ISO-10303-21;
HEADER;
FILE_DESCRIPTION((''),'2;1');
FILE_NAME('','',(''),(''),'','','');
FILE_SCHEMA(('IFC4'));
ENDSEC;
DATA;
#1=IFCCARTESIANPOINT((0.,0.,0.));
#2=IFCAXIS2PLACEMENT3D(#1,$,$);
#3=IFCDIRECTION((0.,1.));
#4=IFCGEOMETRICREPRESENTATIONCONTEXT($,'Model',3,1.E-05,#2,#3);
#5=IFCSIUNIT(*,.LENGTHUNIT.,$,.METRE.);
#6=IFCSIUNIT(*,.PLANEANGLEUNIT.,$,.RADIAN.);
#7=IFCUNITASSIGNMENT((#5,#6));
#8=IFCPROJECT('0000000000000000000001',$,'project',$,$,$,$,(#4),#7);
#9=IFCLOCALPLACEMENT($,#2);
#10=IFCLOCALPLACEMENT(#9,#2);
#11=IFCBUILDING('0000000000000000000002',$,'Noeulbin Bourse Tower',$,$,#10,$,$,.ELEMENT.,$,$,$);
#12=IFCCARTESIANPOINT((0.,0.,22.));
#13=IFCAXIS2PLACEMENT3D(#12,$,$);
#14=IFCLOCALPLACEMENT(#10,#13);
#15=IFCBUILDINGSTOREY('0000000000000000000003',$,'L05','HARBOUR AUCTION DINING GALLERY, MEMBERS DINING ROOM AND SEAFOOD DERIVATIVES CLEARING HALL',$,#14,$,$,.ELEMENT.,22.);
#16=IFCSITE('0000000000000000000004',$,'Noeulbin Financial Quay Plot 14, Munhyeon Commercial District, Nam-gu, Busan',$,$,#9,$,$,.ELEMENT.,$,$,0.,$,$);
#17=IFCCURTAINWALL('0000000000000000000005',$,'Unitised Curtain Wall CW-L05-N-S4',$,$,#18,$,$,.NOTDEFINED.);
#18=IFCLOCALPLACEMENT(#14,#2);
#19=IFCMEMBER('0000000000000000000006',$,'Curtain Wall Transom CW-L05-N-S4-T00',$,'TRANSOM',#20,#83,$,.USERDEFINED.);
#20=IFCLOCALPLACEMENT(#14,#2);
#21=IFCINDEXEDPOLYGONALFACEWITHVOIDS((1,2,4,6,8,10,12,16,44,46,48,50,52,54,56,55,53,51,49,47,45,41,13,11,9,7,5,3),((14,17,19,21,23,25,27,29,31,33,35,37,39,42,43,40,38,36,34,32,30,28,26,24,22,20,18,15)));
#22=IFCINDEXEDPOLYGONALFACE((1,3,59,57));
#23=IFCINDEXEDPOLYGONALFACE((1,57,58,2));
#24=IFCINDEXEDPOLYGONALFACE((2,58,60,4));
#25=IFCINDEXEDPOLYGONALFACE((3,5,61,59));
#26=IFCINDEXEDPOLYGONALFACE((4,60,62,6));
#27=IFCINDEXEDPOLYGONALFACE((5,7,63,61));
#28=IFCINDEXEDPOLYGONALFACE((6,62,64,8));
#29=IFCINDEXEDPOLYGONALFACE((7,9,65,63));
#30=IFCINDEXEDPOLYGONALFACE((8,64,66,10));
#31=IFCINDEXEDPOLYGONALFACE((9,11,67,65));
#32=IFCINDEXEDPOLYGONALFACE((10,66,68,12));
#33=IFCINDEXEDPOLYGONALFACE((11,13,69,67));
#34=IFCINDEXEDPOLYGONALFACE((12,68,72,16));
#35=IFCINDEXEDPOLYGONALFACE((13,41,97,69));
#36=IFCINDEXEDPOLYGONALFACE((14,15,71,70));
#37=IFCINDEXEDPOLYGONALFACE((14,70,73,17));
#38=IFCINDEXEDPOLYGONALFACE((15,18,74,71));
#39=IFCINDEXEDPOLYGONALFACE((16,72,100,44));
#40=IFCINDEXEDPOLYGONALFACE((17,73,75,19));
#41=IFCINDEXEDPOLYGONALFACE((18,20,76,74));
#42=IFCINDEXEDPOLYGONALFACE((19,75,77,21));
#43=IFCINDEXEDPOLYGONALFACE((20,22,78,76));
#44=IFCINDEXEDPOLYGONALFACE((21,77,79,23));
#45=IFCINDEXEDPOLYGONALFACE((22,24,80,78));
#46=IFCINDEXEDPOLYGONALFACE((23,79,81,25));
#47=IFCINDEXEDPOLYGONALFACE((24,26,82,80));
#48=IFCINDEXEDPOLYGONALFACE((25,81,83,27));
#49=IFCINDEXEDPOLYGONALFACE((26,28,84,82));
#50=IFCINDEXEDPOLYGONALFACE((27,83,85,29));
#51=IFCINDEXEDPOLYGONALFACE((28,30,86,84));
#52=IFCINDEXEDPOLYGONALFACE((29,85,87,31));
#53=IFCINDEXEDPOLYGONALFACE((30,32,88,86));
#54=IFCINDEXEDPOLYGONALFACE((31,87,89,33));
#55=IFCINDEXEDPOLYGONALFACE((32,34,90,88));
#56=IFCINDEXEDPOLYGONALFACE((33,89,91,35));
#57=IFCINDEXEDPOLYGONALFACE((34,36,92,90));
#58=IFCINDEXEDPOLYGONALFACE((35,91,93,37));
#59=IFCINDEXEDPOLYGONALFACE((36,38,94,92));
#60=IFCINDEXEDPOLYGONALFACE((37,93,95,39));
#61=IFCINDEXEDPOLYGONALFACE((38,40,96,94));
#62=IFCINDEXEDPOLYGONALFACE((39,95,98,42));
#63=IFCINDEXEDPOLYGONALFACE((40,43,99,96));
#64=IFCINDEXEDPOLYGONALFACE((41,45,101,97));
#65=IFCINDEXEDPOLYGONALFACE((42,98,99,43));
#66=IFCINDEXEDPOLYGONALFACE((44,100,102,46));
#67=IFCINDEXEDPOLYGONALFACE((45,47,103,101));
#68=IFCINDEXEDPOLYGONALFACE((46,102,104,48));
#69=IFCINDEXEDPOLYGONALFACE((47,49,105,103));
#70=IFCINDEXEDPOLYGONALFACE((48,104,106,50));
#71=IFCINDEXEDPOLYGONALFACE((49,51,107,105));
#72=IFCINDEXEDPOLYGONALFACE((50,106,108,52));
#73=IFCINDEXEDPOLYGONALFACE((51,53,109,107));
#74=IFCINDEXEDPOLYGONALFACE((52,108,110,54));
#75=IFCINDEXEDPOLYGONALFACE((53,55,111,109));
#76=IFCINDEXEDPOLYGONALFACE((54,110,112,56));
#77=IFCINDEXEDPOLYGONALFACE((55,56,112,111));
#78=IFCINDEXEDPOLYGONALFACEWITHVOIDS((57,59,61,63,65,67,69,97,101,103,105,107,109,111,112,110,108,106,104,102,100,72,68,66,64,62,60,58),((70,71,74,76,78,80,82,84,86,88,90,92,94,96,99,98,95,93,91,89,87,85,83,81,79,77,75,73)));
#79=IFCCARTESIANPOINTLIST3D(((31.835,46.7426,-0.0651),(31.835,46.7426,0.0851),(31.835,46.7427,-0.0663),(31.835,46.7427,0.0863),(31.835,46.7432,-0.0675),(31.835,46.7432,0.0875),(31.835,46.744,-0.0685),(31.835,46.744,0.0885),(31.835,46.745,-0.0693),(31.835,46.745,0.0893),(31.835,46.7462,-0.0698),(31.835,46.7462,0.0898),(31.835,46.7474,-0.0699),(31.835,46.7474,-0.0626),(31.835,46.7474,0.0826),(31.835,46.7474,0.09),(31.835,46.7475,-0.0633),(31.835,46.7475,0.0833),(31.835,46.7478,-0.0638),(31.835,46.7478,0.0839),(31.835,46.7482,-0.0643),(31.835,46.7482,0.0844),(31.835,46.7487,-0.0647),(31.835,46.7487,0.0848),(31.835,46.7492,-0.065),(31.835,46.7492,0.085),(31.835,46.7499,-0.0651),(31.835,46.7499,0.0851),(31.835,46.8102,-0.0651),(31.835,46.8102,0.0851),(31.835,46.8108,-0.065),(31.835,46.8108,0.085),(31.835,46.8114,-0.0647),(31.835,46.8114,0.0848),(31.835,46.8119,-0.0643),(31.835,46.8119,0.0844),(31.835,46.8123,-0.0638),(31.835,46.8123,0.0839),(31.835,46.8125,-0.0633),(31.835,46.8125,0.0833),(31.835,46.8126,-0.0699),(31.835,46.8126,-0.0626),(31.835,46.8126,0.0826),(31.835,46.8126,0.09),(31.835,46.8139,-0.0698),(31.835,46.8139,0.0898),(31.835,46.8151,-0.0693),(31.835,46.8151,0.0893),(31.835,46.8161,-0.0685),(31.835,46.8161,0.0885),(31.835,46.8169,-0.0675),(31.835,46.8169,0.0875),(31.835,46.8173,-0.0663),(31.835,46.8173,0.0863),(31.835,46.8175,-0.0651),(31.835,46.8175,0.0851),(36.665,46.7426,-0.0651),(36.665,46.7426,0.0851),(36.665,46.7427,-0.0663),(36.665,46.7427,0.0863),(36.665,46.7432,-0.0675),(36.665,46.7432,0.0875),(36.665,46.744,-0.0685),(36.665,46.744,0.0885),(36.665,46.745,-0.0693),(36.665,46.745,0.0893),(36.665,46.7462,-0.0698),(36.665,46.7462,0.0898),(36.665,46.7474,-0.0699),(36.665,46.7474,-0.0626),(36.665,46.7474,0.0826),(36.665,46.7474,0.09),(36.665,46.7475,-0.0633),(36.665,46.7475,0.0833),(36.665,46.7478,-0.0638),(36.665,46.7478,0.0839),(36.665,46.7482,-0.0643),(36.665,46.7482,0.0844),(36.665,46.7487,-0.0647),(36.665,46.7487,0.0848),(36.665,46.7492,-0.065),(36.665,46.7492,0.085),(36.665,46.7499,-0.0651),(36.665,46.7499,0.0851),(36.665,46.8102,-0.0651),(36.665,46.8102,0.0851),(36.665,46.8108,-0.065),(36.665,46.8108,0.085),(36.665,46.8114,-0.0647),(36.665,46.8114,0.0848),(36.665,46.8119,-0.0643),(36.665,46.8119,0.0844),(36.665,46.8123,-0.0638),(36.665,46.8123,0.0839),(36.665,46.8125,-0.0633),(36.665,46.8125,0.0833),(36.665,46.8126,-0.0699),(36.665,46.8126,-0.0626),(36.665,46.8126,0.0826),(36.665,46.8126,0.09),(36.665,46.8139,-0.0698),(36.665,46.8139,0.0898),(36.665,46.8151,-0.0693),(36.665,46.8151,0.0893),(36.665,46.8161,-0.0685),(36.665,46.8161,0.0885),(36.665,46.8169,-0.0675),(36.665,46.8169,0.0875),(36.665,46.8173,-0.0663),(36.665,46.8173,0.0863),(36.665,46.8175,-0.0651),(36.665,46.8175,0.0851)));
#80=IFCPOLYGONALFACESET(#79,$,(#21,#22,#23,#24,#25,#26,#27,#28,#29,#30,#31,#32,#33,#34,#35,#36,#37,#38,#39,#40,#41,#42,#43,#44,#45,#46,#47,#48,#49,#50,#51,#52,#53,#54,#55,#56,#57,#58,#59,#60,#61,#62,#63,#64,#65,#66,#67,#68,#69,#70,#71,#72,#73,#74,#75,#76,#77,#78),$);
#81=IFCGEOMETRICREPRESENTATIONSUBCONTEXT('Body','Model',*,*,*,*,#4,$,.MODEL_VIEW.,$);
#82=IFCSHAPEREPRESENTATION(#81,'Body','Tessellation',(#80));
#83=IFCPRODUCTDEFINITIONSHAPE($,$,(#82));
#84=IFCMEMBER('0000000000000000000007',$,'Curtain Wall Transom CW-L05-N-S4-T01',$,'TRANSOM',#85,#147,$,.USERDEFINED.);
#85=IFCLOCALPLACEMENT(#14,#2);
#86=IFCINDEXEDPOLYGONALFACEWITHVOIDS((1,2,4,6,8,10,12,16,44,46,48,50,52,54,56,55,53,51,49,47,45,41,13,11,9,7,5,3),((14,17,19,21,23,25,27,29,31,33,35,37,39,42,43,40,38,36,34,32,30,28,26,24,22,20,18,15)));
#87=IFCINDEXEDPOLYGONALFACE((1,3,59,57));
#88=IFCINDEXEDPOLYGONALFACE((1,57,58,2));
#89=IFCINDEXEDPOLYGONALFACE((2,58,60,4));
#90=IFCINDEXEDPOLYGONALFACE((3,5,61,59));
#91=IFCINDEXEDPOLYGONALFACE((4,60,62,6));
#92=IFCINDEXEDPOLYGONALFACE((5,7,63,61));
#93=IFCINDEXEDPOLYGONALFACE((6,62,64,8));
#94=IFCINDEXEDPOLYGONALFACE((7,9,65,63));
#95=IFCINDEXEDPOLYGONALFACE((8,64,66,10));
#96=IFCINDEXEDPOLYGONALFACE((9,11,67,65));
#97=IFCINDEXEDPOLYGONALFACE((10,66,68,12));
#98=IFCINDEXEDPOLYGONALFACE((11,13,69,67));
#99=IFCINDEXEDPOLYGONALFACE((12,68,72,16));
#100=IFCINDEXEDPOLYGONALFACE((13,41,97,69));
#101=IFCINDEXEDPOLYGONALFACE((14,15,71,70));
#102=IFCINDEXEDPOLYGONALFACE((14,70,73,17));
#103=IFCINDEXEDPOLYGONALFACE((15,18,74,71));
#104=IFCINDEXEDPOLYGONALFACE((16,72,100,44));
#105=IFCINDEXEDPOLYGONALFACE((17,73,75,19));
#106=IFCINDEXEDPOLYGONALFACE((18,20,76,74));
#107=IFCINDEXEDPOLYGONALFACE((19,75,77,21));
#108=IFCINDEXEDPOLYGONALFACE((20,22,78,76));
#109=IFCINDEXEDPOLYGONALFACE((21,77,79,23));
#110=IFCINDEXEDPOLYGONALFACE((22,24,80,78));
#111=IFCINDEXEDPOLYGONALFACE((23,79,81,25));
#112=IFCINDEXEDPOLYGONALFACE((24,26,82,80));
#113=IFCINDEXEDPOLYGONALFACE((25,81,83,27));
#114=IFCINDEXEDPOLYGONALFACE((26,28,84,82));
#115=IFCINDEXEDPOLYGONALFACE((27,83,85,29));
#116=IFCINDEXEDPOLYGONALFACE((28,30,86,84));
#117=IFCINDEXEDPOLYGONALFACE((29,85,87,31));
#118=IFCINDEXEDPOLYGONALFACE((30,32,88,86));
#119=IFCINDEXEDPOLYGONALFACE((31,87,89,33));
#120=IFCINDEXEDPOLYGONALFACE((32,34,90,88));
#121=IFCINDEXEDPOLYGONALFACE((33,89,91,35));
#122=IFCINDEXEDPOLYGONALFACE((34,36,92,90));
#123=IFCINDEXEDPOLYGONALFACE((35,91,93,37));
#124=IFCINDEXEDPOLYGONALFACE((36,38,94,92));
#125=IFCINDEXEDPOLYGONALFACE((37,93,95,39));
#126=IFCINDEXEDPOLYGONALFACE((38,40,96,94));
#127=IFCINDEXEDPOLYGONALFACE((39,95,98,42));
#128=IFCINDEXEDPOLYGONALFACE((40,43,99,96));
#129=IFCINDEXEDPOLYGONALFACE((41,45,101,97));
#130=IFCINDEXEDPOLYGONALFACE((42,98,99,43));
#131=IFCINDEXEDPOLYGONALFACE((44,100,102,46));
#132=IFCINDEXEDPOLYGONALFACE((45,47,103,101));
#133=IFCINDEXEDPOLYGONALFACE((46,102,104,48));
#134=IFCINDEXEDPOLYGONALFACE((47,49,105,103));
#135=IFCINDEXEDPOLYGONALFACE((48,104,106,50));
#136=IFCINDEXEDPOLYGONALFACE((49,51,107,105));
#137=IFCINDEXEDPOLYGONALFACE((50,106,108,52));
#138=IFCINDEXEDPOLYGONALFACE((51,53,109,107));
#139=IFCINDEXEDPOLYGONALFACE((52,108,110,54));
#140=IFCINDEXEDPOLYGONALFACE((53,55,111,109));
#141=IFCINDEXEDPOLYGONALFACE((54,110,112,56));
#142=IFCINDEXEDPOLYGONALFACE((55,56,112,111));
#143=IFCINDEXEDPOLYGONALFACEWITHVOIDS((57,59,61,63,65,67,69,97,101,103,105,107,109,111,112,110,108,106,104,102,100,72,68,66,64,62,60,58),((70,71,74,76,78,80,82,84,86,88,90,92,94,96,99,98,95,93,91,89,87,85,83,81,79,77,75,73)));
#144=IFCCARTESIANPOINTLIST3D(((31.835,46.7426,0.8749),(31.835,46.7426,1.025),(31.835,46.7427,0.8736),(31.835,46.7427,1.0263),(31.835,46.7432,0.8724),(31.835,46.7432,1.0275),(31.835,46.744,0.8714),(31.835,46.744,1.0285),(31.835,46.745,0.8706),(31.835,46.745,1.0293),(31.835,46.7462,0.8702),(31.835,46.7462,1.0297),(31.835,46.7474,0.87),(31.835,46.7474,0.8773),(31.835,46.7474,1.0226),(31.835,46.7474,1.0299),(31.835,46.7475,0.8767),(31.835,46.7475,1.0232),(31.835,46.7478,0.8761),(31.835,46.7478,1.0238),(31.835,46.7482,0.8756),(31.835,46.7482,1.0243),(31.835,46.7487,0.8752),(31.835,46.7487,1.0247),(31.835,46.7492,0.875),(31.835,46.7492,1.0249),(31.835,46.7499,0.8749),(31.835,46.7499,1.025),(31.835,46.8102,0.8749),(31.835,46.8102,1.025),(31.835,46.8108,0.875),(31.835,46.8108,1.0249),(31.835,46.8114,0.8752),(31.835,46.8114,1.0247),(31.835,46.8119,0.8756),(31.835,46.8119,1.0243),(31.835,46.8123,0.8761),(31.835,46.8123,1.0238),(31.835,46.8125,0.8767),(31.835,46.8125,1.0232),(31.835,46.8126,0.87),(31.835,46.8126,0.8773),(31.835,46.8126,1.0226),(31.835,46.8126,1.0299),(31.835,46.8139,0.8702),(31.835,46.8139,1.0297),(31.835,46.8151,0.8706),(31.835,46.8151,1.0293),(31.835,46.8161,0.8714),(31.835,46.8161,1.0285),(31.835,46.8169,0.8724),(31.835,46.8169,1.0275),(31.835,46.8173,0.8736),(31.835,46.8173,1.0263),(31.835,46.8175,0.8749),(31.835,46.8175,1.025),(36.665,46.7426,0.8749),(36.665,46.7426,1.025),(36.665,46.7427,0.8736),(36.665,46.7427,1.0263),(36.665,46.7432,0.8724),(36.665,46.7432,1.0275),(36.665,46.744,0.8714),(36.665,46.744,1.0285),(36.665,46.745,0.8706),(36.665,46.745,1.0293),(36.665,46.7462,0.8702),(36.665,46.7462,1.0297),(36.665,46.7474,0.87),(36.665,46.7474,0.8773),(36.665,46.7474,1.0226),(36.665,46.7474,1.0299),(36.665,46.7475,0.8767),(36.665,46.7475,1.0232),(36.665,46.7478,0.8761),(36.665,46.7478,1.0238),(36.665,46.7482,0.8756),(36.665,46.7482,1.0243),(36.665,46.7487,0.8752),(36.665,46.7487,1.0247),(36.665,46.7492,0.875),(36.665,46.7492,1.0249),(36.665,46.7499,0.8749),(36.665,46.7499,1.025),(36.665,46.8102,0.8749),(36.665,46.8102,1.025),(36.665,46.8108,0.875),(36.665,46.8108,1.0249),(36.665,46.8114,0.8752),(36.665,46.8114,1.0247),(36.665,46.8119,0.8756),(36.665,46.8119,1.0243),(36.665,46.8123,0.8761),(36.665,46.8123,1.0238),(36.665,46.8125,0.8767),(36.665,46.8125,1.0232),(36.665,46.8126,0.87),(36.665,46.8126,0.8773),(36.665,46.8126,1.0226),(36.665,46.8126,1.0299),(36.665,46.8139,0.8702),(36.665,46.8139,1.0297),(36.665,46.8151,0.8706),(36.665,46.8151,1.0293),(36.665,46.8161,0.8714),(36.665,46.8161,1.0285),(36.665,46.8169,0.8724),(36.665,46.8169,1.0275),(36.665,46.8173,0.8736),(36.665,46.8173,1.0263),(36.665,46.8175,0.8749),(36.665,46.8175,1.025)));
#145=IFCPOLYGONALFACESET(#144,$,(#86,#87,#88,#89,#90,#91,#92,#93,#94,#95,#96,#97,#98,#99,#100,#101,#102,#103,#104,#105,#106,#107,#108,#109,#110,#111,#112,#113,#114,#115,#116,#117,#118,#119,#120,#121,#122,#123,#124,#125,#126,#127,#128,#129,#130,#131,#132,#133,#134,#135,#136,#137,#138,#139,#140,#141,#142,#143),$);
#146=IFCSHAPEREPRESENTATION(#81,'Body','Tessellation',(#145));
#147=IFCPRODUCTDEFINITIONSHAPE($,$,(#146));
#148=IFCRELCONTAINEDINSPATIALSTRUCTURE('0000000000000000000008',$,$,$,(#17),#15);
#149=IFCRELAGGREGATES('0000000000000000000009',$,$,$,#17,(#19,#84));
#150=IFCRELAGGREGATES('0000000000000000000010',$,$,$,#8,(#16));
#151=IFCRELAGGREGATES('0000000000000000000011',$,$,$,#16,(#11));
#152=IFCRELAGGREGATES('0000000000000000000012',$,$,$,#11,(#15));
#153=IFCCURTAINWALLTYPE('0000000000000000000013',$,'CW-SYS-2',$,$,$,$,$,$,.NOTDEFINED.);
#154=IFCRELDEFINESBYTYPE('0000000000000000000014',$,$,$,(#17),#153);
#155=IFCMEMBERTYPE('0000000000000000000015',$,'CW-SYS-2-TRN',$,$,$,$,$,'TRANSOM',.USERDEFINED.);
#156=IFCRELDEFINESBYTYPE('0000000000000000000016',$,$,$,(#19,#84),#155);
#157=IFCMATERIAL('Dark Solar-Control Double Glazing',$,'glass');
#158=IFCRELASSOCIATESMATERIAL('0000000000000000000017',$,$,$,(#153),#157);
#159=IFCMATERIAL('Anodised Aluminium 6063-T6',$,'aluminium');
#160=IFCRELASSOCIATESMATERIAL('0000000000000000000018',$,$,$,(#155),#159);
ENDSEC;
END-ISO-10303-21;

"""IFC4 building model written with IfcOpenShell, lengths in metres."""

from ifc_helpers import new_model, si_unit, direction, frame, origin, origin_2d, place, context, subcontext, project, spatial, hollow_rectangle, extrude, material, material_profile, profile_set, type_object, element, aggregate, save


model = new_model("IFC4")

# Units and contexts
model_context = context("Model", 3, precision=1e-05, world=origin(), true_north=direction((0.0, 1.0)))
body_context = subcontext(model_context, "Body", "Model", "MODEL_VIEW")
ifc_project = project(units=[si_unit("LENGTHUNIT", "METRE"), si_unit("PLANEANGLEUNIT", "RADIAN")], contexts=[model_context])

# Site, building, storey
site_placement = place(None, origin())
site = spatial("IfcSite", under=ifc_project, at=site_placement, Name="Noeulbin Financial Quay Plot 14, Munhyeon Commercial District, Nam-gu, Busan", CompositionType="ELEMENT", RefElevation=0.0)
building_placement = place(site_placement, origin())
building = spatial("IfcBuilding", under=site, at=building_placement, Name="Noeulbin Bourse Tower", CompositionType="ELEMENT")
storey_placement = place(building_placement, frame((0.0, 0.0, 22.0)))
storey = spatial("IfcBuildingStorey", under=building, at=storey_placement, Name="L05", Description="HARBOUR AUCTION DINING GALLERY, MEMBERS DINING ROOM AND SEAFOOD DERIVATIVES CLEARING HALL", CompositionType="ELEMENT", Elevation=22.0)

# Shared definitions
ifc_material_1 = material(Name="Dark Solar-Control Double Glazing", Category="glass")
curtain_wall_type = type_object("IfcCurtainWallType", Name="CW-SYS-2", PredefinedType="NOTDEFINED", material=ifc_material_1)
ifc_material_2 = material(Name="Anodised Aluminium 6063-T6", Category="aluminium")

# Curtain wall
curtain_wall_1_placement = place(storey_placement, origin())
curtain_wall_1 = element("IfcCurtainWall", 1, at=curtain_wall_1_placement, inside=storey, type_object=curtain_wall_type, Name="Unitised Curtain Wall CW-L05-N-S4", PredefinedType="NOTDEFINED")

# Members
ifc_material_profile_1 = material_profile(ifc_material_2, hollow_rectangle(XDim=0.075, YDim=0.1599, WallThickness=0.0049, InnerFilletRadius=0.0024, OuterFilletRadius=0.0049, at=origin_2d()), Name="ALU-TRAN-75x160x5", Category="LoadBearing")
ifc_profile_set_1 = profile_set([ifc_material_profile_1], Name="Anodised Aluminium 6063-T6")
member_type_1 = type_object("IfcMemberType", Name="CW-SYS-2-TRN", ElementType="TRANSOM", PredefinedType="USERDEFINED", material=ifc_profile_set_1)
member_1_placement = place(storey_placement, frame((31.835, 46.78, 0.01), z_axis=(1.0, 0.0, 0.0), x_axis=(0.0, 1.0, 0.0)))
member_1 = element("IfcMember", 2, at=member_1_placement, type_object=member_type_1, Name="Curtain Wall Transom CW-L05-N-S4-T00", ObjectType="TRANSOM", PredefinedType="USERDEFINED", context=body_context, shape_type="SweptSolid", body=[
    extrude(hollow_rectangle(XDim=0.075, YDim=0.1599, WallThickness=0.0049, InnerFilletRadius=0.0024, OuterFilletRadius=0.0049, at=origin_2d()), origin(), (0.0, 0.0, 1.0), 4.8301),
])
member_2_placement = place(storey_placement, frame((31.835, 46.78, 0.95), z_axis=(1.0, 0.0, 0.0), x_axis=(0.0, 1.0, 0.0)))
member_2 = element("IfcMember", 3, at=member_2_placement, type_object=member_type_1, Name="Curtain Wall Transom CW-L05-N-S4-T01", ObjectType="TRANSOM", PredefinedType="USERDEFINED", context=body_context, shape_type="SweptSolid", body=[
    extrude(hollow_rectangle(XDim=0.075, YDim=0.1599, WallThickness=0.0049, InnerFilletRadius=0.0024, OuterFilletRadius=0.0049, at=origin_2d()), origin(), (0.0, 0.0, 1.0), 4.8301),
])
aggregate(curtain_wall_1, [member_1, member_2])

save(model, "model.ifc")
